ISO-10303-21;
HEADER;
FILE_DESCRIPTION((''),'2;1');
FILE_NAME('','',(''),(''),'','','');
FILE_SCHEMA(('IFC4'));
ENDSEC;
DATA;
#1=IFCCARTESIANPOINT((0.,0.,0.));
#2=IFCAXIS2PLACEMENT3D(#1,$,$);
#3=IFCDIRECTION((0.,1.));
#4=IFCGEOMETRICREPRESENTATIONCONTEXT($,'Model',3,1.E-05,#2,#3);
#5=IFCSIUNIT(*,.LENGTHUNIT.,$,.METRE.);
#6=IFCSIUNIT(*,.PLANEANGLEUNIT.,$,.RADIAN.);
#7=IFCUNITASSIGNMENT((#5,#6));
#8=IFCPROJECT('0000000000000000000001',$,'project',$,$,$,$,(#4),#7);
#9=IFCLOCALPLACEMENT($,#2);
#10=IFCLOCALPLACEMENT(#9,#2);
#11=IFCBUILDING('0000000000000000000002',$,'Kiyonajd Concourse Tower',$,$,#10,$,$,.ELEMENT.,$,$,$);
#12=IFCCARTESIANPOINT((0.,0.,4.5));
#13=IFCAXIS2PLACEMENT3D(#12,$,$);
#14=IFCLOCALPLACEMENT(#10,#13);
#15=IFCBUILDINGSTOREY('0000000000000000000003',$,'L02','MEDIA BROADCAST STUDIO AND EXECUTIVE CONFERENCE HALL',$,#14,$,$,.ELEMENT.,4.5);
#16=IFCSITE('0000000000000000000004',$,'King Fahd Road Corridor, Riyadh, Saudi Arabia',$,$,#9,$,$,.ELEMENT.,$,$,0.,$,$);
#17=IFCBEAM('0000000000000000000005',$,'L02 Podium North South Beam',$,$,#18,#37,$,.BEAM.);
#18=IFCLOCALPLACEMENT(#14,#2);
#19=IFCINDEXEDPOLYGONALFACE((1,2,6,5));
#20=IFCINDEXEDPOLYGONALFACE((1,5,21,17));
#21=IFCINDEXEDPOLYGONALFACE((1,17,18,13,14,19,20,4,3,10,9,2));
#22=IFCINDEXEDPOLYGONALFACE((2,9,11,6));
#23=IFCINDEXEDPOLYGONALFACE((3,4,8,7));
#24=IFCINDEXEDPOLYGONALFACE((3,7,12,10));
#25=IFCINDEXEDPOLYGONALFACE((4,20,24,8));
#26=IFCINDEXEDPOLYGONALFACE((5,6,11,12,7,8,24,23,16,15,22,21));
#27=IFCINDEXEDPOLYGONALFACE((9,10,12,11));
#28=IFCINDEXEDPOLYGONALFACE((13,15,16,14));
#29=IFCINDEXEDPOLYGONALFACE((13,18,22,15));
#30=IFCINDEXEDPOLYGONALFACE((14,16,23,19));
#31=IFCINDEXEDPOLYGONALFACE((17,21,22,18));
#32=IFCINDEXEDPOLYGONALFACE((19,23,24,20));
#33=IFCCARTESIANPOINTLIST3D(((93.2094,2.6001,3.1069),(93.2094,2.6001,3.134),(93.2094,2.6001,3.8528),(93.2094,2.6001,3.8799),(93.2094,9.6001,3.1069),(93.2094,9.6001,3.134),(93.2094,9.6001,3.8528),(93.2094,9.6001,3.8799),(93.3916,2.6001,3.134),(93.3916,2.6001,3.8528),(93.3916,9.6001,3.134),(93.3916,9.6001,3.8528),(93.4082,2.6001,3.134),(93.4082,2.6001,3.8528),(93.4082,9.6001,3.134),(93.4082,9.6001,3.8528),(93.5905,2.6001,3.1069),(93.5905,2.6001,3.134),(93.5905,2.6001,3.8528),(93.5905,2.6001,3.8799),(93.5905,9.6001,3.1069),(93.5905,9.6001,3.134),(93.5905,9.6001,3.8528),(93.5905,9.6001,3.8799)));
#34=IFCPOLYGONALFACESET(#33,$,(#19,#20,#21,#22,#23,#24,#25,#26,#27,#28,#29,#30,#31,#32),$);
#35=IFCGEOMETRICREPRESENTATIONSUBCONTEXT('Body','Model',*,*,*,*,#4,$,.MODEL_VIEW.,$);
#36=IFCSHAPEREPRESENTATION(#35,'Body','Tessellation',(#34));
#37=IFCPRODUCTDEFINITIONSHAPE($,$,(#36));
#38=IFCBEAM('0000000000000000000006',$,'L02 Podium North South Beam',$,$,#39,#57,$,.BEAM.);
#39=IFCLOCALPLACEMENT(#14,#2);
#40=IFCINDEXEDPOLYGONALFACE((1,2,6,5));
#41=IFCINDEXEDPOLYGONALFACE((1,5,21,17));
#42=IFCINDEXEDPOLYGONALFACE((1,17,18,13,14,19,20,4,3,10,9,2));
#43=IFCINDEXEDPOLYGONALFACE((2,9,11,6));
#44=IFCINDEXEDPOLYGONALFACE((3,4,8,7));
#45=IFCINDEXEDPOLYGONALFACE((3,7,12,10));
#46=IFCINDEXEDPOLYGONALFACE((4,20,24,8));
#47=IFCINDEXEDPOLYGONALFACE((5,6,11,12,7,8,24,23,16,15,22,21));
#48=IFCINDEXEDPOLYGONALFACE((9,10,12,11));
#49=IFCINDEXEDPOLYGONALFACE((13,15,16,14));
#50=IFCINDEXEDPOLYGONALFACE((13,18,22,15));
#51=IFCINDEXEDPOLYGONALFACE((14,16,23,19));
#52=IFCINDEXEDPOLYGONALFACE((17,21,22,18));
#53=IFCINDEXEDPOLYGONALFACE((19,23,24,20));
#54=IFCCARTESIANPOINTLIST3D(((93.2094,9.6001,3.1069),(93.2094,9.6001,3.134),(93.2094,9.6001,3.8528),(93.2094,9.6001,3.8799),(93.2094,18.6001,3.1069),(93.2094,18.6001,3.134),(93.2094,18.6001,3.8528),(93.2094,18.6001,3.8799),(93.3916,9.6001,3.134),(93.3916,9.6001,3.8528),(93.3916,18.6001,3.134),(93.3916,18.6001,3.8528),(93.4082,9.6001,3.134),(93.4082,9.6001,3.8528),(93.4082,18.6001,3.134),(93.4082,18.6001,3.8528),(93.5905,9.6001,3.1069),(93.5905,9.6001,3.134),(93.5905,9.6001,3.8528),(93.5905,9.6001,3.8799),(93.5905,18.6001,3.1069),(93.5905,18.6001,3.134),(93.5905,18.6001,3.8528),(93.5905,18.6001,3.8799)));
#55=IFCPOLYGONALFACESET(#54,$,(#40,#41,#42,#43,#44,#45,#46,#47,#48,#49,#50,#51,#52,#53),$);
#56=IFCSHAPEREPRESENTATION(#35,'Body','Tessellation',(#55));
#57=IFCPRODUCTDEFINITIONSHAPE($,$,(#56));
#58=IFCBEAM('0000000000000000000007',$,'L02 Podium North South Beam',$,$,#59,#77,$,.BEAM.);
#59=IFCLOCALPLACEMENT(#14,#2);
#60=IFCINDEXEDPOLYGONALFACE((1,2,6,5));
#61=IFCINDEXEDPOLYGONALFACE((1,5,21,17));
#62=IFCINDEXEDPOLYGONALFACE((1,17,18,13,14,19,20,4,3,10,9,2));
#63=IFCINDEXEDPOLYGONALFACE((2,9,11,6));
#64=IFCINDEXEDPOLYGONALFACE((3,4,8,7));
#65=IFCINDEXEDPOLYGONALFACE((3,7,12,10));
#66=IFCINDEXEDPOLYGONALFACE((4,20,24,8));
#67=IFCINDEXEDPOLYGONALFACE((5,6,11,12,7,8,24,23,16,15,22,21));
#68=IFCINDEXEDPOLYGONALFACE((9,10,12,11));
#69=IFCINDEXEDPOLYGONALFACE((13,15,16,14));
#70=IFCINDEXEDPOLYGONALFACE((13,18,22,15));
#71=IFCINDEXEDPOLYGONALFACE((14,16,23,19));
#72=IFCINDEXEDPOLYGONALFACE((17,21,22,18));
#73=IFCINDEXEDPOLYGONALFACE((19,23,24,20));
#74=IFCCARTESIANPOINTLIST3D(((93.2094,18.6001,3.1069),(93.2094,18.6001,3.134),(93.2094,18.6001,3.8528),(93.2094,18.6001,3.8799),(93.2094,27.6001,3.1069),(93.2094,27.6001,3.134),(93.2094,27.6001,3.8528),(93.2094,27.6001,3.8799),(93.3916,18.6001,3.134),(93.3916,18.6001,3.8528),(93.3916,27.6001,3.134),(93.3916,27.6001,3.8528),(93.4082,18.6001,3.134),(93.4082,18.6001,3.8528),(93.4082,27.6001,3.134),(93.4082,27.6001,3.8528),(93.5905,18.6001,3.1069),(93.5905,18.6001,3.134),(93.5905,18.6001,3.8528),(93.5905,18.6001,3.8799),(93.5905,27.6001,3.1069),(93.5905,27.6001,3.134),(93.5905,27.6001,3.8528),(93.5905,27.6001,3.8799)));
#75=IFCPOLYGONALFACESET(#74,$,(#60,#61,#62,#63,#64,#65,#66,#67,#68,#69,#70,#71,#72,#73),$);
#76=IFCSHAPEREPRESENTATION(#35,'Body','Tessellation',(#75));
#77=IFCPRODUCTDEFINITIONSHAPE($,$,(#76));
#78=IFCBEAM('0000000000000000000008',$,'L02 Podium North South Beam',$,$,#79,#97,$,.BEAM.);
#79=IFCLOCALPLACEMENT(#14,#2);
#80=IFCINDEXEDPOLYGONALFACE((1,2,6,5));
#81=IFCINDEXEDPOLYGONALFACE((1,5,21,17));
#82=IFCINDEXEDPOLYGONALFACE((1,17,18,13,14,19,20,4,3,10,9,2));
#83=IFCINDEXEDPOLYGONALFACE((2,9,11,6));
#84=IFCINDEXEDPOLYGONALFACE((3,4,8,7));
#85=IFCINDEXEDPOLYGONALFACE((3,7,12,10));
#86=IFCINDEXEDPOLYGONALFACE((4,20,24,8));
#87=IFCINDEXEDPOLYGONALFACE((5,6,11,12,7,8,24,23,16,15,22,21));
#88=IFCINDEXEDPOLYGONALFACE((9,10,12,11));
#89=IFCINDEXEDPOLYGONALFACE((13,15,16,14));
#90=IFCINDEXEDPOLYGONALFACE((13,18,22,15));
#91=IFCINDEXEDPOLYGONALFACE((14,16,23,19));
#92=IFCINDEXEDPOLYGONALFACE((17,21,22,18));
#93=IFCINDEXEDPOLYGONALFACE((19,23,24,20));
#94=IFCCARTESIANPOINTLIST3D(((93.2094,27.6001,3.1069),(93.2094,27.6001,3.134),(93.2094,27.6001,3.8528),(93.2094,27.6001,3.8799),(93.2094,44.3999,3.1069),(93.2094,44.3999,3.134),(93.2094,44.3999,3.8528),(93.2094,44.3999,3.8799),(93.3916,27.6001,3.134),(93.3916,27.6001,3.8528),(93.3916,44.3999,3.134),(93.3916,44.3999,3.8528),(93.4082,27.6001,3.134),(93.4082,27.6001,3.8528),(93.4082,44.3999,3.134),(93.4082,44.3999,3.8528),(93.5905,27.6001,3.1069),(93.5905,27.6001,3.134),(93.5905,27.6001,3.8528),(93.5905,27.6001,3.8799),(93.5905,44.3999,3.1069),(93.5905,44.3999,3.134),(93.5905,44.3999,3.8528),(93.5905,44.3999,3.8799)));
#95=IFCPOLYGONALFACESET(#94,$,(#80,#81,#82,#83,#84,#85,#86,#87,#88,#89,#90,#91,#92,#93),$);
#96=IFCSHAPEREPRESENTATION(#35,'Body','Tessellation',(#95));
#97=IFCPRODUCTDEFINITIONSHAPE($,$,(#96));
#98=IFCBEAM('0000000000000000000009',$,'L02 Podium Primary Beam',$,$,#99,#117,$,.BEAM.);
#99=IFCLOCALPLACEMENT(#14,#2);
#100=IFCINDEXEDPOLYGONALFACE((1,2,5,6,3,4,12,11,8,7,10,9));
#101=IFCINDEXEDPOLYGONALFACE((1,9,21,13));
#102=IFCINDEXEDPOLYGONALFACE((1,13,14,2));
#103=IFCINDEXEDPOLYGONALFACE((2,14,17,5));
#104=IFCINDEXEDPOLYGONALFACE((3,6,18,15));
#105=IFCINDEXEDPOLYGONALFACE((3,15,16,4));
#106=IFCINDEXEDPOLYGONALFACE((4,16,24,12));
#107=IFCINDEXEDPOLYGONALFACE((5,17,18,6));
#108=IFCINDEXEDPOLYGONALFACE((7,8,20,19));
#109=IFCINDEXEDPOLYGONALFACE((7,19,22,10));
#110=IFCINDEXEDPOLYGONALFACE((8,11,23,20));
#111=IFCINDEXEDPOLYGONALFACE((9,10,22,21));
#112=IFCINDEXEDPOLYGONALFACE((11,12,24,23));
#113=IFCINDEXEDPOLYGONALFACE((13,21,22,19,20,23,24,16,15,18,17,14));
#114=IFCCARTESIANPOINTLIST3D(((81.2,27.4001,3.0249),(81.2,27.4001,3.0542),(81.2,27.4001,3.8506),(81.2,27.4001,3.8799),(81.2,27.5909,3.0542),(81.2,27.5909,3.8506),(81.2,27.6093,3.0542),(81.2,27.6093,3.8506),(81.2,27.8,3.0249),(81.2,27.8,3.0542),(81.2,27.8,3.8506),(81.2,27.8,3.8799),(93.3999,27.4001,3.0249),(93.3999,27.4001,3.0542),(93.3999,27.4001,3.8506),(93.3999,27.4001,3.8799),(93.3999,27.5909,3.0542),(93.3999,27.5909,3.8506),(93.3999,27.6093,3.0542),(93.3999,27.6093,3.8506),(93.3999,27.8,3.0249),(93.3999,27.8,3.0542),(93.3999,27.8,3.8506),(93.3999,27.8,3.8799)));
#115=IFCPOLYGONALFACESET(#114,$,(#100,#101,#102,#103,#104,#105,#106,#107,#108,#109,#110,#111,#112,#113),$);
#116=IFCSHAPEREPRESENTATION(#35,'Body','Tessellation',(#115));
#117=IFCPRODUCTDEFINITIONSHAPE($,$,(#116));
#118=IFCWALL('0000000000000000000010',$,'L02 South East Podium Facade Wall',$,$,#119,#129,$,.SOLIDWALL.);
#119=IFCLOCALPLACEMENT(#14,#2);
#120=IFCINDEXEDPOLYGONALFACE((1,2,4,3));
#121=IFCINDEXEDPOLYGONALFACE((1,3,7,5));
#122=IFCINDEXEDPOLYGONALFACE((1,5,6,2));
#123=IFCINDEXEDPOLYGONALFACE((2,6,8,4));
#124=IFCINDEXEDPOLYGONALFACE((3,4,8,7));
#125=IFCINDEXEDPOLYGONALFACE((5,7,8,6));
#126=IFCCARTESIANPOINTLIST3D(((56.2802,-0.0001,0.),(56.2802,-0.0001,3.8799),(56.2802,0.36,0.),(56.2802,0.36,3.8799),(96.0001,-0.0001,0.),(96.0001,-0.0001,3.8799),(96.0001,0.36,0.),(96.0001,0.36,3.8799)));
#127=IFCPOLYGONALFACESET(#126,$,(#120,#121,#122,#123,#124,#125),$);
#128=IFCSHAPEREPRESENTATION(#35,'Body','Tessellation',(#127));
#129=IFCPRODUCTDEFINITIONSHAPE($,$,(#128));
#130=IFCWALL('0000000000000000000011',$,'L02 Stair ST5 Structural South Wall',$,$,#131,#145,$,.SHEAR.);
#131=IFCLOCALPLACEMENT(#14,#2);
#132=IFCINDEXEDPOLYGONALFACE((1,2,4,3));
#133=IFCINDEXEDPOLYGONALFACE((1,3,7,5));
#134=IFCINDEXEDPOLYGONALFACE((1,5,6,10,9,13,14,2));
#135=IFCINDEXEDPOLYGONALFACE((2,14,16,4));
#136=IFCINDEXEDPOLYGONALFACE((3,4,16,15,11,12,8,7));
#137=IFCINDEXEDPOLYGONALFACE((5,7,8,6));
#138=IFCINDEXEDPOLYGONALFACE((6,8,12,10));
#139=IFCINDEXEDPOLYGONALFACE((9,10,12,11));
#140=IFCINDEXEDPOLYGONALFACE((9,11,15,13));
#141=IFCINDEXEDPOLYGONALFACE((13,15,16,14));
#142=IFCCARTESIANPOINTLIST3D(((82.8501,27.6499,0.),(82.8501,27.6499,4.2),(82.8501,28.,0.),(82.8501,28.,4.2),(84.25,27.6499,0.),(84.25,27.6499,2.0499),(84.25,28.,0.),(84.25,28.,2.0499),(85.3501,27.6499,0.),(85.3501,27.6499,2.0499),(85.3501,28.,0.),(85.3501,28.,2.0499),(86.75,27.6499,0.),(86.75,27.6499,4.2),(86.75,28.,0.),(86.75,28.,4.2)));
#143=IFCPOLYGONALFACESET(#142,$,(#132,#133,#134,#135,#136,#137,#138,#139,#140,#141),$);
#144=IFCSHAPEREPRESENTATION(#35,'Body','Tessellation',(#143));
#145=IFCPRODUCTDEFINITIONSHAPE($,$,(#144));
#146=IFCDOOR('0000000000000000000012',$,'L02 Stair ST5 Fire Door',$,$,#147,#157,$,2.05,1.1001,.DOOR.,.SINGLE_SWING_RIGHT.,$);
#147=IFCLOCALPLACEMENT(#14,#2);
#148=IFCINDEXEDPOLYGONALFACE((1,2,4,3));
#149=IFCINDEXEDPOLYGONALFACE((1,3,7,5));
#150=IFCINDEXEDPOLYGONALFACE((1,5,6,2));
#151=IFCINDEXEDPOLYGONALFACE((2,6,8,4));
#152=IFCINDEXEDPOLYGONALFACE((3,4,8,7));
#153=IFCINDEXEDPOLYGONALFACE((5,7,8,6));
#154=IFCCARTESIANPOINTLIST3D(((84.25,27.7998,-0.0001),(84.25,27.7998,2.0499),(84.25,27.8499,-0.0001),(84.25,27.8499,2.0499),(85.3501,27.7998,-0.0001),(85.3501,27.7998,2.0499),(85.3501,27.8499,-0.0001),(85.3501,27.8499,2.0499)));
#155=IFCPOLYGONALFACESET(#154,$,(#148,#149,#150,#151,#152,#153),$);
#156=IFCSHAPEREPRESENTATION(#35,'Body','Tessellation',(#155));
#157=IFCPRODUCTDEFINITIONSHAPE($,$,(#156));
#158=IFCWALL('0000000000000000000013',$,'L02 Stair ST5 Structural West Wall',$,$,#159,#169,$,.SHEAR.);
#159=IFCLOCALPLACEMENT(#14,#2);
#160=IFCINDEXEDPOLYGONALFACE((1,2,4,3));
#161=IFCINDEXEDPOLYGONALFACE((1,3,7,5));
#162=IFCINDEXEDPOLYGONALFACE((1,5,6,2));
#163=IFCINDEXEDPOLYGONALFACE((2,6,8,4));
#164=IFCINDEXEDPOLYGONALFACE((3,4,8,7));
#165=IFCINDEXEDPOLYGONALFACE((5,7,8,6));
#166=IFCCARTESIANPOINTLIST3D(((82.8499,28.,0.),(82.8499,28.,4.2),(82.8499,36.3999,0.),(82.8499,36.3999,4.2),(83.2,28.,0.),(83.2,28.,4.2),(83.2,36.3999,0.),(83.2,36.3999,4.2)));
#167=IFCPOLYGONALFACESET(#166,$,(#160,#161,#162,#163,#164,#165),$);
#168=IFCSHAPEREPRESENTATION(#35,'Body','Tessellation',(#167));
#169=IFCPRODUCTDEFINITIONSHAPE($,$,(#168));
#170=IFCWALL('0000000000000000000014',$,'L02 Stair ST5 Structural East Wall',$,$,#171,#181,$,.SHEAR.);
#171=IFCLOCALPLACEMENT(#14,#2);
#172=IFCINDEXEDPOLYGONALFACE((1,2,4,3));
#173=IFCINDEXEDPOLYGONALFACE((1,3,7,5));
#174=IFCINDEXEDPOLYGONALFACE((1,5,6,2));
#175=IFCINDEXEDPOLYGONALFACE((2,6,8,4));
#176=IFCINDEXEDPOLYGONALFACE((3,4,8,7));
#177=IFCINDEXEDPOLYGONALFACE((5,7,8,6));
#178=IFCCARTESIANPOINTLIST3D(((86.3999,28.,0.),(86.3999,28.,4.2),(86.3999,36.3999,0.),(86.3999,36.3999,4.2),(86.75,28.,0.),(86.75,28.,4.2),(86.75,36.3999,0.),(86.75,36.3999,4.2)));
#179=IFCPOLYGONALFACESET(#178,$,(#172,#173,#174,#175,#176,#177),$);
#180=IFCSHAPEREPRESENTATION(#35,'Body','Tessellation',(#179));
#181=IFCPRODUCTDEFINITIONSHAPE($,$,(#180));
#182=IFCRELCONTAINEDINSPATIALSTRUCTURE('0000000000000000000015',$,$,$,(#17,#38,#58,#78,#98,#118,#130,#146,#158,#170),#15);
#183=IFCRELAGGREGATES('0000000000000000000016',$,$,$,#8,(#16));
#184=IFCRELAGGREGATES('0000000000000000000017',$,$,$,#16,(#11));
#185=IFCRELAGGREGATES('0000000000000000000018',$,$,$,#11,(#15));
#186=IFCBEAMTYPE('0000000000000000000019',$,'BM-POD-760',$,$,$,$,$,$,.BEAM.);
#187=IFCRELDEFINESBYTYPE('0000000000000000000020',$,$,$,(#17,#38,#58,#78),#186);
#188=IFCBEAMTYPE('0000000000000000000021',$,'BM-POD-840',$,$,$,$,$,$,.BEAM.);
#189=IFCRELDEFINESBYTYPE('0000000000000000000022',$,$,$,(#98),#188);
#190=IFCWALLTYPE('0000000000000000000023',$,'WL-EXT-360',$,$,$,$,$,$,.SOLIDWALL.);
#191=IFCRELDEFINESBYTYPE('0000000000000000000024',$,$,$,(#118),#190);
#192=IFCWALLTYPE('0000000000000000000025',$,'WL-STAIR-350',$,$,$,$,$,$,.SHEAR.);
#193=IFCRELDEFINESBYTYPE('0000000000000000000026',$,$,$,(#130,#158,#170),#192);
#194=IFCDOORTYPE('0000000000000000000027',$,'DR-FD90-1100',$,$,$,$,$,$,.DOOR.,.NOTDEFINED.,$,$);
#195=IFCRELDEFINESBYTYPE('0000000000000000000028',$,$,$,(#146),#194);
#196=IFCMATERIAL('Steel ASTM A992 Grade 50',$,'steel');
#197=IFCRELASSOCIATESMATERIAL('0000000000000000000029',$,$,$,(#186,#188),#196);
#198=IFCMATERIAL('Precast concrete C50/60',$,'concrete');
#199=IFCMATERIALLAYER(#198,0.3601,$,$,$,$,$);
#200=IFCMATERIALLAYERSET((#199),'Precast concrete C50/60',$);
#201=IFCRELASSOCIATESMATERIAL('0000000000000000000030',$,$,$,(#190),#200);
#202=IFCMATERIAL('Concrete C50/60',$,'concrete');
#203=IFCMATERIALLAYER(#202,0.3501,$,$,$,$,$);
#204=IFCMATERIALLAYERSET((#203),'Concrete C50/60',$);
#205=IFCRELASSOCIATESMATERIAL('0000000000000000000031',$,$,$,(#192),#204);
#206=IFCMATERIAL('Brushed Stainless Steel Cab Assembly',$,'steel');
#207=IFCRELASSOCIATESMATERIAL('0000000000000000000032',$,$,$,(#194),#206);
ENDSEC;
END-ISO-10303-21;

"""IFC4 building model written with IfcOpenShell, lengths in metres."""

from ifc_helpers import new_model, si_unit, direction, frame, frame_2d, origin, origin_2d, place, context, subcontext, project, spatial, rectangle, i_section, extrude, material, layer, layer_set, material_profile, profile_set, type_object, element, fill, save


model = new_model("IFC4")

# Units and contexts
model_context = context("Model", 3, precision=1e-05, world=origin(), true_north=direction((0.0, 1.0)))
body_context = subcontext(model_context, "Body", "Model", "MODEL_VIEW")
ifc_project = project(units=[si_unit("LENGTHUNIT", "METRE"), si_unit("PLANEANGLEUNIT", "RADIAN")], contexts=[model_context])

# Site, building, storey
site_placement = place(None, origin())
site = spatial("IfcSite", under=ifc_project, at=site_placement, Name="King Fahd Road Corridor, Riyadh, Saudi Arabia", CompositionType="ELEMENT", RefElevation=0.0)
building_placement = place(site_placement, origin())
building = spatial("IfcBuilding", under=site, at=building_placement, Name="Kiyonajd Concourse Tower", CompositionType="ELEMENT")
storey_placement = place(building_placement, frame((0.0, 0.0, 4.5)))
storey = spatial("IfcBuildingStorey", under=building, at=storey_placement, Name="L02", Description="MEDIA BROADCAST STUDIO AND EXECUTIVE CONFERENCE HALL", CompositionType="ELEMENT", Elevation=4.5)

# Beams
ifc_material_1 = material(Name="Concrete C50/60", Category="concrete")
ifc_material_2 = material(Name="Steel ASTM A992 Grade 50", Category="steel")
ifc_material_profile_1 = material_profile(ifc_material_2, i_section(OverallWidth=0.3811, OverallDepth=0.7729, WebThickness=0.0166, FlangeThickness=0.0271, at=origin_2d()), Name="W760X257")
ifc_profile_set_1 = profile_set([ifc_material_profile_1], Name="Steel ASTM A992 Grade 50")
beam_type_1 = type_object("IfcBeamType", Name="BM-POD-760", PredefinedType="BEAM", material=ifc_profile_set_1)
beam_1_placement = place(storey_placement, frame((93.3999, 2.6001, 3.4934), z_axis=(0.0, 1.0, 0.0), x_axis=(-1.0, 0.0, 0.0)))
element("IfcBeam", 1, at=beam_1_placement, inside=storey, type_object=beam_type_1, Name="L02 Podium North South Beam", PredefinedType="BEAM", context=body_context, shape_type="SweptSolid", body=[
    extrude(i_section(OverallWidth=0.3811, OverallDepth=0.7729, WebThickness=0.0166, FlangeThickness=0.0271, at=origin_2d()), origin(), (0.0, 0.0, 1.0), 7.0),
])
for number, where, z_axis, x_axis, name in (
    (2, (93.3999, 9.6001, 3.4934), (0.0, 1.0, 0.0), (-1.0, 0.0, 0.0), "L02 Podium North South Beam"),
    (3, (93.3999, 18.6001, 3.4934), (0.0, 1.0, 0.0), (-1.0, 0.0, 0.0), "L02 Podium North South Beam"),
):
    element("IfcBeam", number, at=place(storey_placement, frame(where, z_axis=z_axis, x_axis=x_axis)), inside=storey, type_object=beam_type_1, Name=name, PredefinedType="BEAM", context=body_context, shape_type="SweptSolid", body=[
        extrude(i_section(OverallWidth=0.3811, OverallDepth=0.7729, WebThickness=0.0166, FlangeThickness=0.0271, at=origin_2d()), origin(), (0.0, 0.0, 1.0), 9.0),
    ])
beam_2_placement = place(storey_placement, frame((93.3999, 27.6001, 3.4934), z_axis=(0.0, 1.0, 0.0), x_axis=(-1.0, 0.0, 0.0)))
element("IfcBeam", 4, at=beam_2_placement, inside=storey, type_object=beam_type_1, Name="L02 Podium North South Beam", PredefinedType="BEAM", context=body_context, shape_type="SweptSolid", body=[
    extrude(i_section(OverallWidth=0.3811, OverallDepth=0.7729, WebThickness=0.0166, FlangeThickness=0.0271, at=origin_2d()), origin(), (0.0, 0.0, 1.0), 16.7998),
])
ifc_material_profile_2 = material_profile(ifc_material_2, i_section(OverallWidth=0.3999, OverallDepth=0.855, WebThickness=0.0183, FlangeThickness=0.0293, at=origin_2d()), Name="W840X299")
ifc_profile_set_2 = profile_set([ifc_material_profile_2], Name="Steel ASTM A992 Grade 50")
beam_type_2 = type_object("IfcBeamType", Name="BM-POD-840", PredefinedType="BEAM", material=ifc_profile_set_2)
beam_3_placement = place(storey_placement, frame((81.2, 27.6001, 3.4524), z_axis=(1.0, 0.0, 0.0), x_axis=(0.0, 1.0, 0.0)))
element("IfcBeam", 5, at=beam_3_placement, inside=storey, type_object=beam_type_2, Name="L02 Podium Primary Beam", PredefinedType="BEAM", context=body_context, shape_type="SweptSolid", body=[
    extrude(i_section(OverallWidth=0.3999, OverallDepth=0.855, WebThickness=0.0183, FlangeThickness=0.0293, at=origin_2d()), origin(), (0.0, 0.0, 1.0), 12.2),
])

# Wall
ifc_material_3 = material(Name="Precast concrete C50/60", Category="concrete")
ifc_layer_1 = layer(ifc_material_3, 0.3601)
ifc_layer_set_1 = layer_set([ifc_layer_1], Name="Precast concrete C50/60")
wall_type_1 = type_object("IfcWallType", Name="WL-EXT-360", PredefinedType="SOLIDWALL", material=ifc_layer_set_1)
wall_1_placement = place(storey_placement, frame((96.0, 0.1799, 0.0), z_axis=(0.0, 0.0, 1.0), x_axis=(-1.0, 0.0, 0.0)))
element("IfcWall", 6, at=wall_1_placement, inside=storey, type_object=wall_type_1, Name="L02 South East Podium Facade Wall", PredefinedType="SOLIDWALL", context=body_context, shape_type="SweptSolid", body=[
    extrude(rectangle(XDim=39.72, YDim=0.3601, at=frame_2d((19.8599, 0.0))), origin(), (0.0, 0.0, 1.0), 3.8799),
])

# Wall, opening, door
ifc_layer_2 = layer(ifc_material_1, 0.3501)
ifc_layer_set_2 = layer_set([ifc_layer_2], Name="Concrete C50/60")
wall_type_2 = type_object("IfcWallType", Name="WL-STAIR-350", PredefinedType="SHEAR", material=ifc_layer_set_2)
wall_2_placement = place(storey_placement, frame((82.8501, 27.825, 0.0), z_axis=(0.0, 0.0, 1.0), x_axis=(1.0, 0.0, 0.0)))
wall_2 = element("IfcWall", 7, at=wall_2_placement, inside=storey, type_object=wall_type_2, Name="L02 Stair ST5 Structural South Wall", PredefinedType="SHEAR", context=body_context, shape_type="SweptSolid", body=[
    extrude(rectangle(XDim=3.8999, YDim=0.3501, at=frame_2d((1.95, 0.0))), origin(), (0.0, 0.0, 1.0), 4.2),
])
opening_placement = place(wall_2_placement, frame((1.3999, 0.0, 0.0)))
opening = element("IfcOpeningElement", 8, at=opening_placement, cuts=wall_2, PredefinedType="OPENING", context=body_context, shape_type="SweptSolid", body=[
    extrude(rectangle(XDim=1.1001, YDim=2.05, at=frame_2d((0.55, 1.0249))), frame((0.0, 0.1851, 0.0), z_axis=(0.0, -1.0, 0.0), x_axis=(1.0, 0.0, 0.0)), (0.0, 0.0, 1.0), 0.3701),
])
ifc_material_4 = material(Name="Brushed Stainless Steel Cab Assembly", Category="steel")
door_type = type_object("IfcDoorType", Name="DR-FD90-1100", OperationType="NOTDEFINED", PredefinedType="DOOR", material=ifc_material_4)
door_placement = place(opening_placement, origin())
door = element("IfcDoor", 9, at=door_placement, inside=storey, type_object=door_type, Name="L02 Stair ST5 Fire Door", OperationType="SINGLE_SWING_RIGHT", OverallHeight=2.05, OverallWidth=1.1001, PredefinedType="DOOR", context=body_context, shape_type="SweptSolid", body=[
    extrude(rectangle(XDim=1.1001, YDim=2.05, at=frame_2d((0.55, 1.0249))), frame((0.0, 0.0249, 0.0), z_axis=(0.0, -1.0, 0.0), x_axis=(1.0, 0.0, 0.0)), (0.0, 0.0, 1.0), 0.05),
])
fill(opening, door)

# Walls
for number, where, z_axis, x_axis, name in (
    (10, (83.0249, 28.0, 0.0), (0.0, 0.0, 1.0), (0.0, 1.0, 0.0), "L02 Stair ST5 Structural West Wall"),
    (11, (86.575, 28.0, 0.0), (0.0, 0.0, 1.0), (0.0, 1.0, 0.0), "L02 Stair ST5 Structural East Wall"),
):
    element("IfcWall", number, at=place(storey_placement, frame(where, z_axis=z_axis, x_axis=x_axis)), inside=storey, type_object=wall_type_2, Name=name, PredefinedType="SHEAR", context=body_context, shape_type="SweptSolid", body=[
        extrude(rectangle(XDim=8.3999, YDim=0.3501, at=frame_2d((4.2, 0.0))), origin(), (0.0, 0.0, 1.0), 4.2),
    ])

save(model, "model.ifc")
